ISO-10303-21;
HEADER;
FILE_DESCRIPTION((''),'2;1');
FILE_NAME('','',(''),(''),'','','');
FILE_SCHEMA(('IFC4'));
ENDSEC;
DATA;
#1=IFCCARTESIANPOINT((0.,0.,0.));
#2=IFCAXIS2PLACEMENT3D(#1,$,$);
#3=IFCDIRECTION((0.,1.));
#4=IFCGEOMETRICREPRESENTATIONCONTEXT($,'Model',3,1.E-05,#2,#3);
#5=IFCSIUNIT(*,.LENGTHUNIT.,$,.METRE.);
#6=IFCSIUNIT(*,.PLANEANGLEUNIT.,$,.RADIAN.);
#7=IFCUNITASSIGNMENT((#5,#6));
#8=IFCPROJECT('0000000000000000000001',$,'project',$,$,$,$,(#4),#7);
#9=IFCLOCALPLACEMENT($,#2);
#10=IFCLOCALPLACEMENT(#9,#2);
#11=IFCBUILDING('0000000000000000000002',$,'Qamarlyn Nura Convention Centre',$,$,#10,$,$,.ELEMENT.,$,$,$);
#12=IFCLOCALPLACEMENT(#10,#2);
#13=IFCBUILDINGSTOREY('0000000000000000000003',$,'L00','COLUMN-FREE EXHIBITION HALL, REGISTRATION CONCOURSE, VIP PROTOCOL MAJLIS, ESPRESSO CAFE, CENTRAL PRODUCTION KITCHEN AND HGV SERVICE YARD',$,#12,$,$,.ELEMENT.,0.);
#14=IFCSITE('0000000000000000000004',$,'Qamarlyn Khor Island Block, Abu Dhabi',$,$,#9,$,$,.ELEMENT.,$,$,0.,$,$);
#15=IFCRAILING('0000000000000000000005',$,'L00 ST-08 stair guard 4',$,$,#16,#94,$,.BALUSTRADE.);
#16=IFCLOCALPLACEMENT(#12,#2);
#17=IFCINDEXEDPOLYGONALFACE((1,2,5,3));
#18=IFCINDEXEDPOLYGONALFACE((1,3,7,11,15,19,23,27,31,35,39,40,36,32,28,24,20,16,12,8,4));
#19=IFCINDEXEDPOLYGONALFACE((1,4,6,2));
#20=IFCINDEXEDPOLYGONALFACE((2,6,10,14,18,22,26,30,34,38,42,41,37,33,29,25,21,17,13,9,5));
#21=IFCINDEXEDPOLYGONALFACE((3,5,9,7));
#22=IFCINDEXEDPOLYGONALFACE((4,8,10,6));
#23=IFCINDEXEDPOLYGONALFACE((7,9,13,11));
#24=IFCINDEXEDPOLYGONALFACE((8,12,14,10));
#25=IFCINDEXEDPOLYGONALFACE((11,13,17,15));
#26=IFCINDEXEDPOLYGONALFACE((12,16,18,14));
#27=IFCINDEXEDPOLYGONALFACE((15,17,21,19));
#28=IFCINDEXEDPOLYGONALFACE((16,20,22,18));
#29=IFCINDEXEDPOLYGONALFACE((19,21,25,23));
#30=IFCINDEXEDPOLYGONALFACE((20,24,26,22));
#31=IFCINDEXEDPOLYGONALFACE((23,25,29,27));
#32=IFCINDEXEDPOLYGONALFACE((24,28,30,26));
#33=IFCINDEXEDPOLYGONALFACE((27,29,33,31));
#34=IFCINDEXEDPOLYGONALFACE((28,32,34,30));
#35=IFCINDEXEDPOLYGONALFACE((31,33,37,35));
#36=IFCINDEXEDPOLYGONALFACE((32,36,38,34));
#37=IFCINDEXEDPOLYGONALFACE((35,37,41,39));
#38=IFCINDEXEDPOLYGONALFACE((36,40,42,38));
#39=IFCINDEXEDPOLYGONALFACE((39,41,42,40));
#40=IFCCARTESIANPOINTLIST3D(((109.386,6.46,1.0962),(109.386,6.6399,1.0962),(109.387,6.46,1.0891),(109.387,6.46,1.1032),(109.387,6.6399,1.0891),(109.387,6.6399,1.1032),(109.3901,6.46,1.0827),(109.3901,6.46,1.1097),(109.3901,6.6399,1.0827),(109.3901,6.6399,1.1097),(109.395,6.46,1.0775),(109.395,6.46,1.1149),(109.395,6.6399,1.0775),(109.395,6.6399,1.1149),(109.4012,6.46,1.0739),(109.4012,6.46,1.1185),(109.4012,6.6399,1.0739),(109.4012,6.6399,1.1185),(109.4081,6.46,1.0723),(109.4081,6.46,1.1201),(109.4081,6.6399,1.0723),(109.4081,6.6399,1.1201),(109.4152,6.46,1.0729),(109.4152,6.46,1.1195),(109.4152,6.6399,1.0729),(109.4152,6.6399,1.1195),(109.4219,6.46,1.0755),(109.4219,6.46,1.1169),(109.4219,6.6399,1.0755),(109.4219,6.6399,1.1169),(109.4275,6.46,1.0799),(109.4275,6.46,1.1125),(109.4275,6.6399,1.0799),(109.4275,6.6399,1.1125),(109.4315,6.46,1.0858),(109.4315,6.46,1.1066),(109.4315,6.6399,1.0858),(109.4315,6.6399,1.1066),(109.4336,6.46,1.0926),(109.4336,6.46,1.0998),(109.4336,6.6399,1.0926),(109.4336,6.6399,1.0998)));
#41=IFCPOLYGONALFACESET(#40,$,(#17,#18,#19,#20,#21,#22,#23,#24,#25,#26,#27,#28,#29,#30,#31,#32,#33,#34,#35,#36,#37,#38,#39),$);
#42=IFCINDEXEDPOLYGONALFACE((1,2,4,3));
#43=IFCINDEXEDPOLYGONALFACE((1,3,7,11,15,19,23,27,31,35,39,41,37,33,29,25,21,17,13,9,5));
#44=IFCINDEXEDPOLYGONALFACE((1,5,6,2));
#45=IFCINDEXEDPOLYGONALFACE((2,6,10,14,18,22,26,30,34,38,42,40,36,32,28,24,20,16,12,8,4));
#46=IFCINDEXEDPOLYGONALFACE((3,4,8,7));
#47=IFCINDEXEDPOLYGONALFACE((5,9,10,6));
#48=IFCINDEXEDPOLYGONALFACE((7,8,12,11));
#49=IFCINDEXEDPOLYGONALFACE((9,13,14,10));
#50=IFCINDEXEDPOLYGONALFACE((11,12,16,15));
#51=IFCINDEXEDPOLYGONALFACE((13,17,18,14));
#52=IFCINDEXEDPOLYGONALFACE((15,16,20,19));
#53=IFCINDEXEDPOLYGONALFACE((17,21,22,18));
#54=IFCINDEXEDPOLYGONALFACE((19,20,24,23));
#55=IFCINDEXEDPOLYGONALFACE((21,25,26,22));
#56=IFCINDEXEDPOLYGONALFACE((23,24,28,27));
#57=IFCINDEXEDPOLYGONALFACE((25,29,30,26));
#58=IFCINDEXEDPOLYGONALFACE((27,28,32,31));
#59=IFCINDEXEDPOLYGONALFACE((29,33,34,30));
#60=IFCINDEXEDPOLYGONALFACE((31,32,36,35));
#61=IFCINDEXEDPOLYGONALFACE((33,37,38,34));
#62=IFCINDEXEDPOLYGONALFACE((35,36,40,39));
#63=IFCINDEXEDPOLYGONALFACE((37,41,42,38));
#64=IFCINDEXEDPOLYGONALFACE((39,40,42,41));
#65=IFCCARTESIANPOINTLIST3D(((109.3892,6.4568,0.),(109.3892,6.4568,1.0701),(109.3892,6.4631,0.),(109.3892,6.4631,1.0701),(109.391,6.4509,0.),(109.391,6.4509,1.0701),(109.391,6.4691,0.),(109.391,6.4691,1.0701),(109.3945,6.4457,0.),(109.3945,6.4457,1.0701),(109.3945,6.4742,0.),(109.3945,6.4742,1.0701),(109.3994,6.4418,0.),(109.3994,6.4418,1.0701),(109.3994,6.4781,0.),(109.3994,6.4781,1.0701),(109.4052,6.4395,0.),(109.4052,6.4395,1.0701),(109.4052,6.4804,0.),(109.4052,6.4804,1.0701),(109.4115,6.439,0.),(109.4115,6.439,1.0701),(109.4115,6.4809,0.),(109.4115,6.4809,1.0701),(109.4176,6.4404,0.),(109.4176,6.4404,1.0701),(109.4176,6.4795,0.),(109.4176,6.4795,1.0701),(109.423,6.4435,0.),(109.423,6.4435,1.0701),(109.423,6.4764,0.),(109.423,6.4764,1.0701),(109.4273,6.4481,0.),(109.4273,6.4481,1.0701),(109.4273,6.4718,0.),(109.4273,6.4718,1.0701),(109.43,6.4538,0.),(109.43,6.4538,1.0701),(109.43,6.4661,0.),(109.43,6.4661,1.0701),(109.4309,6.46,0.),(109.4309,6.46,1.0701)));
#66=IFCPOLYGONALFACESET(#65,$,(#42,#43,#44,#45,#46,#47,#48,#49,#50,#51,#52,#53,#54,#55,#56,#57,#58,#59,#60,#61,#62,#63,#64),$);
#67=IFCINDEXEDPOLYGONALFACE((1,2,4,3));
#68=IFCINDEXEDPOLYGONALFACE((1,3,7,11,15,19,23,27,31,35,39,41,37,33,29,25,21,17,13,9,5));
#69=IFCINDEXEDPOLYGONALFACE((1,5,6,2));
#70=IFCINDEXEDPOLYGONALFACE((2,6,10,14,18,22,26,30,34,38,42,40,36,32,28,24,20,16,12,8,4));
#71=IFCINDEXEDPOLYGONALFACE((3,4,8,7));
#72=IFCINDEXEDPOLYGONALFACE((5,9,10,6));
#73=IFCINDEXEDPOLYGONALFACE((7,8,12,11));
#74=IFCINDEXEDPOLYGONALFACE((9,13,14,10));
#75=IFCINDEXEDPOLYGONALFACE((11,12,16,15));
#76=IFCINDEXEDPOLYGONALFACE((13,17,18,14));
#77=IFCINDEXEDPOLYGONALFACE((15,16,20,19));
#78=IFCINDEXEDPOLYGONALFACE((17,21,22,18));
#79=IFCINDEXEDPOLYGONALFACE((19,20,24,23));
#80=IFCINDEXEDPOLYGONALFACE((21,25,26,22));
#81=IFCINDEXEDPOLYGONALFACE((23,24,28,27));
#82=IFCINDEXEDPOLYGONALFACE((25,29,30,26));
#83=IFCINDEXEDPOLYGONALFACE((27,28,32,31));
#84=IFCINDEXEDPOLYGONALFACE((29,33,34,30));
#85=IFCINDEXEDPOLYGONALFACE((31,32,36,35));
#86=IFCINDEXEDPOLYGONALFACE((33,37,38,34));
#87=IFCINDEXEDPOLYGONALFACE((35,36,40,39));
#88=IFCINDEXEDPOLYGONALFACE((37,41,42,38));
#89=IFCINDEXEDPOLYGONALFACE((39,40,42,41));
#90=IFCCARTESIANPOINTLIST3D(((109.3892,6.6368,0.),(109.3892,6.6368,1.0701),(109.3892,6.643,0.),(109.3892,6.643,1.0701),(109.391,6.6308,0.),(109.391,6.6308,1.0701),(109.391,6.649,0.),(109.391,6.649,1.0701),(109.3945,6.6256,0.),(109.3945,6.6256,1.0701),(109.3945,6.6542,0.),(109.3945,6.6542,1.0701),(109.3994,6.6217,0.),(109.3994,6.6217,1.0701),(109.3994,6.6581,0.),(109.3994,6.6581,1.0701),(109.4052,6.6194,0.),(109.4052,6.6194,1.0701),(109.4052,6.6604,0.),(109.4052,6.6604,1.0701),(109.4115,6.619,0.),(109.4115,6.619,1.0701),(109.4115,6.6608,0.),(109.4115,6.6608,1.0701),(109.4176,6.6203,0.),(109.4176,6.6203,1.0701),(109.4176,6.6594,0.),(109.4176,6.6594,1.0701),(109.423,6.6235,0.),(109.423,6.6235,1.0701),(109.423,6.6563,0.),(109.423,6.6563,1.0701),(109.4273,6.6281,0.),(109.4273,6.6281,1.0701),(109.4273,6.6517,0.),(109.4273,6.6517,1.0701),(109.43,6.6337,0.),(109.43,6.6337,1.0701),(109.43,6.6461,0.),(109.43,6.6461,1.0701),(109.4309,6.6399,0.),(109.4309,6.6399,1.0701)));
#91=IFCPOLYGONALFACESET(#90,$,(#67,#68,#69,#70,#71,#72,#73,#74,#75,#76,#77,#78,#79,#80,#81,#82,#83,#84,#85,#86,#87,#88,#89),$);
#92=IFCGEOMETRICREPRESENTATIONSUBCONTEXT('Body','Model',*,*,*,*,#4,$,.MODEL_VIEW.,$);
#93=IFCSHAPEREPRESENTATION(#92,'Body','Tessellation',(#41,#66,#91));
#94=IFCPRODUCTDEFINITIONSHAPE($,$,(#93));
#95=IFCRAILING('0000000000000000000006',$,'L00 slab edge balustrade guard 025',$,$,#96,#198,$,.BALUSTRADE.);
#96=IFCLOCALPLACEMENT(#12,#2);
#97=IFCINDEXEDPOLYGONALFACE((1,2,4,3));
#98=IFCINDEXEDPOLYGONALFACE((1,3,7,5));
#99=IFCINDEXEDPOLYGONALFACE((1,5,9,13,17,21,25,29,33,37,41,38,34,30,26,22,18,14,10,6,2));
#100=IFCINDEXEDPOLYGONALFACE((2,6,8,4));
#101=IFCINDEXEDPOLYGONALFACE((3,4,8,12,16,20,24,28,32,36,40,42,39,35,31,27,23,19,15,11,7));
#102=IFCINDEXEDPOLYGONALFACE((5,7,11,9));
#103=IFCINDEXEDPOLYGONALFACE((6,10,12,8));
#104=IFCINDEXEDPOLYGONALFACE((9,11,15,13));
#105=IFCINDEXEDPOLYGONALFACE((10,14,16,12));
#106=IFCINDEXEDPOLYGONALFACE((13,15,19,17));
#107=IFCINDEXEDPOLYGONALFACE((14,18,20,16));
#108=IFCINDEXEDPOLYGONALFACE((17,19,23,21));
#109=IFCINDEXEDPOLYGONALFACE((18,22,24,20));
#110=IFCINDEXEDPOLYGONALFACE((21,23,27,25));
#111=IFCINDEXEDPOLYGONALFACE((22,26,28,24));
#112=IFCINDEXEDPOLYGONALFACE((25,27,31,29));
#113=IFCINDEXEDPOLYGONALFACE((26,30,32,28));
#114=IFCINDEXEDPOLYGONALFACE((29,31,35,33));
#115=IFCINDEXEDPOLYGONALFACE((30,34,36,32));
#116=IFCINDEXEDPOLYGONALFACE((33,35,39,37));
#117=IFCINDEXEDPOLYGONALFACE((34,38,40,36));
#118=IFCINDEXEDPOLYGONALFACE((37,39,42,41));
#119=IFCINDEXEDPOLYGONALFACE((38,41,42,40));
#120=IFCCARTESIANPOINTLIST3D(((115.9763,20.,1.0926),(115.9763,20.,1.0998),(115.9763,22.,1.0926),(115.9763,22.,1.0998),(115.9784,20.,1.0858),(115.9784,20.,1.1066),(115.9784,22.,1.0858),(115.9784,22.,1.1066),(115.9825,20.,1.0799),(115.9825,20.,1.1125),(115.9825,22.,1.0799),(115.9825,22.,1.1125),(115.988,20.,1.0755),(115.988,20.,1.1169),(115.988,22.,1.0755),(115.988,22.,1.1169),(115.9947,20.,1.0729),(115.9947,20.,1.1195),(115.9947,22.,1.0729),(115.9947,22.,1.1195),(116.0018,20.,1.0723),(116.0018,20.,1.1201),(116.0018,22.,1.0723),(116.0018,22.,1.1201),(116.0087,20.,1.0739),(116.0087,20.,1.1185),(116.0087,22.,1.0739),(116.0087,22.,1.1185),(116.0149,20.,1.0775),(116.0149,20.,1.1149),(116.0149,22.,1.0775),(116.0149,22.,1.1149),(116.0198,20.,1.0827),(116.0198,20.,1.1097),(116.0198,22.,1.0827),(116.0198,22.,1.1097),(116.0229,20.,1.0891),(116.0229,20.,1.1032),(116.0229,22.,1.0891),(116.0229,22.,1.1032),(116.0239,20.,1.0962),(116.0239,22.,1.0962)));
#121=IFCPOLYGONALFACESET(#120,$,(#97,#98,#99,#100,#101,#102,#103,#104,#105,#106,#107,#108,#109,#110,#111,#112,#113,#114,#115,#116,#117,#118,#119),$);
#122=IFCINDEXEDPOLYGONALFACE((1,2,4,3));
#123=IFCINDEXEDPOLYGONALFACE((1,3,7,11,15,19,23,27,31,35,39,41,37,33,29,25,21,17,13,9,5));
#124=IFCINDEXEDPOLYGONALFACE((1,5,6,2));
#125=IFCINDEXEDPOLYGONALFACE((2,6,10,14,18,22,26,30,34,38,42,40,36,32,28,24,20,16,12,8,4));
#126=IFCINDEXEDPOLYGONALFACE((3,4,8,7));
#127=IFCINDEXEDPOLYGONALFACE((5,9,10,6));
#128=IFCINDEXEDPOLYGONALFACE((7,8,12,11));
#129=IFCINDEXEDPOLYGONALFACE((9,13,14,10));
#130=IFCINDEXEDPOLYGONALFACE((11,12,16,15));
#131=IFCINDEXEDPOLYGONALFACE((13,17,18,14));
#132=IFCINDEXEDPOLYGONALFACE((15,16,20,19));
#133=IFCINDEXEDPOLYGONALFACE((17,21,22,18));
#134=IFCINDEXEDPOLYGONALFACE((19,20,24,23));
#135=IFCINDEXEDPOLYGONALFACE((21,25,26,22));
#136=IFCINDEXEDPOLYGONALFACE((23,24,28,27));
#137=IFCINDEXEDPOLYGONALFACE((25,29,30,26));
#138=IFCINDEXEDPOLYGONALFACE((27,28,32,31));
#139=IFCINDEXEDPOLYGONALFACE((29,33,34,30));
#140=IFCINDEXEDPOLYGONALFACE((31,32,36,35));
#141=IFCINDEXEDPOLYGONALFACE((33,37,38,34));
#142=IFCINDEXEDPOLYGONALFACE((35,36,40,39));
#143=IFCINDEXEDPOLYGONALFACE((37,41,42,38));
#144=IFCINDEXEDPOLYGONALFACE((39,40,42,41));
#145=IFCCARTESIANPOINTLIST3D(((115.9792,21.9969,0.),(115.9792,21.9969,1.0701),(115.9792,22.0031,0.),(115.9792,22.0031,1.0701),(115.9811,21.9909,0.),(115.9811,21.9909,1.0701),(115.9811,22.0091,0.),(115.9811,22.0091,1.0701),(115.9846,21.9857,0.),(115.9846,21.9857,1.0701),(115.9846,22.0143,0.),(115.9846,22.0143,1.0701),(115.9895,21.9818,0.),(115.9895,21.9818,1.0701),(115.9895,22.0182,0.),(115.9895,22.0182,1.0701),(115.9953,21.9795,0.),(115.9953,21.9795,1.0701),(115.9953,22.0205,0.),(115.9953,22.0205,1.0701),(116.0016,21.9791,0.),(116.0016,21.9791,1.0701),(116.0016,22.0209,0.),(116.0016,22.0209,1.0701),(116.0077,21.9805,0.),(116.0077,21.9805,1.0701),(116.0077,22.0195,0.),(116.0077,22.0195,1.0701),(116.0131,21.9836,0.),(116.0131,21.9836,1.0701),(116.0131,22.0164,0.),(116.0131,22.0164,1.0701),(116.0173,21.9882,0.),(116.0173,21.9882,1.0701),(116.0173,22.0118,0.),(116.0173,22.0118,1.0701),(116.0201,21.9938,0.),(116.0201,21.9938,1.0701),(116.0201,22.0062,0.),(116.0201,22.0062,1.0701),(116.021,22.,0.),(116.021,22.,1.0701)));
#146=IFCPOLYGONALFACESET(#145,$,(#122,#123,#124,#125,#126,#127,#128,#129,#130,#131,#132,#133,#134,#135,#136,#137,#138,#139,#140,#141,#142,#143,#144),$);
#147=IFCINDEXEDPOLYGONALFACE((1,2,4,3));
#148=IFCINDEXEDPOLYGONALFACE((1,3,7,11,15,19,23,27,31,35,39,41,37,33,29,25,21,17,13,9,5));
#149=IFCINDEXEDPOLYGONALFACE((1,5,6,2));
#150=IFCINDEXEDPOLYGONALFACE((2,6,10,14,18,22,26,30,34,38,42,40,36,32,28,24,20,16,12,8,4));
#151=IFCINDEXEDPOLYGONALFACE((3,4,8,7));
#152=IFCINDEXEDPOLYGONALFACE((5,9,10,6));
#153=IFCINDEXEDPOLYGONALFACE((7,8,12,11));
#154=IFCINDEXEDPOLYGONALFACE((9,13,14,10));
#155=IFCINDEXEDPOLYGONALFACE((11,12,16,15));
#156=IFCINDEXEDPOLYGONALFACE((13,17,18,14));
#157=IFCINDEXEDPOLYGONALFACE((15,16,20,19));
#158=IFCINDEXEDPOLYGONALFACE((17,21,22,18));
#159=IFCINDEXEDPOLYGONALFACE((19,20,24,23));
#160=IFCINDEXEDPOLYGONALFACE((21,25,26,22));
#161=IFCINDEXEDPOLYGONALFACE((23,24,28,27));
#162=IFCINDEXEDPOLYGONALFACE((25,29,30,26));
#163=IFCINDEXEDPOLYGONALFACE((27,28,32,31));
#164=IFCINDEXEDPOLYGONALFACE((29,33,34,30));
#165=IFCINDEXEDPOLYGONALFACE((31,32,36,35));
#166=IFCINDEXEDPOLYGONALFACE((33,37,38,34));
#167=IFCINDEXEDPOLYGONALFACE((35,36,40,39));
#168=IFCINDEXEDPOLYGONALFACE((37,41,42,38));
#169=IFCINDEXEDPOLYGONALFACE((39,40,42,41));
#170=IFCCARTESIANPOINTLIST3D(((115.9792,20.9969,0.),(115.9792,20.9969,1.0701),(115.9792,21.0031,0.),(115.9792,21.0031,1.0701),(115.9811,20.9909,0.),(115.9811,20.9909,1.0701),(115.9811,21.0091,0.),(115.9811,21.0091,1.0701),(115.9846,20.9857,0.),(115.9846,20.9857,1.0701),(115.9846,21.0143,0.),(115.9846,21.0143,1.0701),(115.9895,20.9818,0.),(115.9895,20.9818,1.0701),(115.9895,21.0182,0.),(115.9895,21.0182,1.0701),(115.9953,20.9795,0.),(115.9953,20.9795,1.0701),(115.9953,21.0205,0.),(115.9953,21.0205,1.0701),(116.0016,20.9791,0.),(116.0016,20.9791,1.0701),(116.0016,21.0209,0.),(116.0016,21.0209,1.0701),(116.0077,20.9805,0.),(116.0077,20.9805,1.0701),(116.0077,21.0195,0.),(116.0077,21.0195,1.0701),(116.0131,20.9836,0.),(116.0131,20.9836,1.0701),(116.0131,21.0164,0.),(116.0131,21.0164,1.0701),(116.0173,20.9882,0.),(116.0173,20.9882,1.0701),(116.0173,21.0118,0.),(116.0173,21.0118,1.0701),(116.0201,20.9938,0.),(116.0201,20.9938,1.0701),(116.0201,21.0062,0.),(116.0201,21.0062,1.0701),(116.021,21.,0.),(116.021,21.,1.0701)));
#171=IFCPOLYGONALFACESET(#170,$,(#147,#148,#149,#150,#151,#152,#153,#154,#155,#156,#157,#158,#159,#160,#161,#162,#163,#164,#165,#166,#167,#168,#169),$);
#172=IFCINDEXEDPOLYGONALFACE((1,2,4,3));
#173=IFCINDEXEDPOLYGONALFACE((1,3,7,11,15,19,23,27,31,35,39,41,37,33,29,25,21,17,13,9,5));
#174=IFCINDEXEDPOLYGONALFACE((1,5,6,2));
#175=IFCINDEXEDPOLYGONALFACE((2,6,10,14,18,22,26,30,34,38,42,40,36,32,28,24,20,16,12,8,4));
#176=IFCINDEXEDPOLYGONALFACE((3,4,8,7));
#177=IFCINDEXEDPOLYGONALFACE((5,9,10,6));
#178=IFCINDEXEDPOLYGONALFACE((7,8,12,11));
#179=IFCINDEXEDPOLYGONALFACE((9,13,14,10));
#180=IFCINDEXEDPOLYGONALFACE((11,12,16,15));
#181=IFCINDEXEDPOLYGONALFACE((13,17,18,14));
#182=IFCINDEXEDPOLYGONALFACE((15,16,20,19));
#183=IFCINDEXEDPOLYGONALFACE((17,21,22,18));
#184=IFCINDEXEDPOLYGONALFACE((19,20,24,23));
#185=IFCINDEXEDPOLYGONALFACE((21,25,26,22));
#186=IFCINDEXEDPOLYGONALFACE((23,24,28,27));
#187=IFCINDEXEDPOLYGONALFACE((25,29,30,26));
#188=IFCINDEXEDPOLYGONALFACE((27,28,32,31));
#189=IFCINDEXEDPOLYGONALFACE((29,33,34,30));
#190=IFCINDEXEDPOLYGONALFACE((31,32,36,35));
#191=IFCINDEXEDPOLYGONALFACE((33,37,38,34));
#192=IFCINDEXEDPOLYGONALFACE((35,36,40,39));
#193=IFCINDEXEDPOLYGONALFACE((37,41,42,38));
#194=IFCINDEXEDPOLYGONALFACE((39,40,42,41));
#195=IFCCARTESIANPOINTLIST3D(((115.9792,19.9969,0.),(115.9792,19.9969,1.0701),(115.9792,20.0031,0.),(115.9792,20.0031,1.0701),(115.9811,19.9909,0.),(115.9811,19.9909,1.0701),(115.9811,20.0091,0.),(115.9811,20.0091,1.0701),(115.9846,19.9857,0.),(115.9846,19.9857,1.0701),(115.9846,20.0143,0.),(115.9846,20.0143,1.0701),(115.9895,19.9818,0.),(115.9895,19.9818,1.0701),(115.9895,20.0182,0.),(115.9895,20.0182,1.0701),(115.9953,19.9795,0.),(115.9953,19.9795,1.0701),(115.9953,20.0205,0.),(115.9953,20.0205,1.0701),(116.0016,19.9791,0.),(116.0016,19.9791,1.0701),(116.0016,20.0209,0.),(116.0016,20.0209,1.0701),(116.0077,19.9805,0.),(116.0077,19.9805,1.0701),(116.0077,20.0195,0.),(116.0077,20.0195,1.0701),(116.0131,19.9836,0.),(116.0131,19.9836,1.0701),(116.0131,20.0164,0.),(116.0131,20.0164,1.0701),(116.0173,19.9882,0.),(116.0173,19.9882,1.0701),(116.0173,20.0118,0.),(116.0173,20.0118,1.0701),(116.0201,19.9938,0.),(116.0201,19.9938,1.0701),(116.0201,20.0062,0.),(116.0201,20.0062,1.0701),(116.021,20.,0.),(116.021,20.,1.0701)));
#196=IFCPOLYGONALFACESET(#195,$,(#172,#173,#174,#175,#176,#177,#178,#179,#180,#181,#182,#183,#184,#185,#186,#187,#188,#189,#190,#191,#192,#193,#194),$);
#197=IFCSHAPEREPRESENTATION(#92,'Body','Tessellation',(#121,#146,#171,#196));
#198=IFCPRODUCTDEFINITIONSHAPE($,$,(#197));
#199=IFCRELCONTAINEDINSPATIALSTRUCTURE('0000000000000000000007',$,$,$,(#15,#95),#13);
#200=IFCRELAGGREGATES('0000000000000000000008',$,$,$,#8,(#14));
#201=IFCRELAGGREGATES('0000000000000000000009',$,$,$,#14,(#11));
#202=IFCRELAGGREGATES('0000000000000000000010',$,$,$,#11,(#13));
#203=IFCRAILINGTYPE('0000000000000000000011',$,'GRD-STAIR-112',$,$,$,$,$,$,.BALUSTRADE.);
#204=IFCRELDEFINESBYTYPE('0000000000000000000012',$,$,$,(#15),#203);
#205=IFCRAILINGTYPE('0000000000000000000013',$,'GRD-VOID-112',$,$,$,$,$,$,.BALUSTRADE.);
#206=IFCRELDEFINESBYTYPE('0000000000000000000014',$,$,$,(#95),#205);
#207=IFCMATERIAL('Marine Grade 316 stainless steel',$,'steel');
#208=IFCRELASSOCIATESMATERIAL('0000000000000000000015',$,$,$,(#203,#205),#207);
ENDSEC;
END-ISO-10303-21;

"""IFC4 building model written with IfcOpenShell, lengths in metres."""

from ifc_helpers import new_model, si_unit, direction, frame, origin, origin_2d, place, context, subcontext, project, spatial, circle, extrude, material, type_object, element, save


model = new_model("IFC4")

# Units and contexts
model_context = context("Model", 3, precision=1e-05, world=origin(), true_north=direction((0.0, 1.0)))
body_context = subcontext(model_context, "Body", "Model", "MODEL_VIEW")
ifc_project = project(units=[si_unit("LENGTHUNIT", "METRE"), si_unit("PLANEANGLEUNIT", "RADIAN")], contexts=[model_context])

# Site, building, storey
site_placement = place(None, origin())
site = spatial("IfcSite", under=ifc_project, at=site_placement, Name="Qamarlyn Khor Island Block, Abu Dhabi", CompositionType="ELEMENT", RefElevation=0.0)
building_placement = place(site_placement, origin())
building = spatial("IfcBuilding", under=site, at=building_placement, Name="Qamarlyn Nura Convention Centre", CompositionType="ELEMENT")
storey_placement = place(building_placement, origin())
storey = spatial("IfcBuildingStorey", under=building, at=storey_placement, Name="L00", Description="COLUMN-FREE EXHIBITION HALL, REGISTRATION CONCOURSE, VIP PROTOCOL MAJLIS, ESPRESSO CAFE, CENTRAL PRODUCTION KITCHEN AND HGV SERVICE YARD", CompositionType="ELEMENT", Elevation=0.0)

# Railings
ifc_material_1 = material(Name="Marine Grade 316 stainless steel", Category="steel")
railing_type_1 = type_object("IfcRailingType", Name="GRD-STAIR-112", PredefinedType="BALUSTRADE", material=ifc_material_1)
railing_1_placement = place(storey_placement, frame((109.4099, 6.46, 0.0)))
element("IfcRailing", 1, at=railing_1_placement, inside=storey, type_object=railing_type_1, Name="L00 ST-08 stair guard 4", PredefinedType="BALUSTRADE", context=body_context, shape_type="SweptSolid", body=[
    extrude(circle(Radius=0.0239, at=origin_2d()), frame((0.0, 0.0, 1.0962), z_axis=(0.0, 1.0, 0.0), x_axis=(-1.0, 0.0, 0.0)), (0.0, 0.0, 1.0), 0.1799),
    extrude(circle(Radius=0.021, at=origin_2d()), origin(), (0.0, 0.0, 1.0), 1.0701),
    extrude(circle(Radius=0.021, at=origin_2d()), frame((0.0, 0.1799, 0.0)), (0.0, 0.0, 1.0), 1.0701),
])
railing_type_2 = type_object("IfcRailingType", Name="GRD-VOID-112", PredefinedType="BALUSTRADE", material=ifc_material_1)
railing_2_placement = place(storey_placement, frame((116.0, 22.0, 0.0)))
element("IfcRailing", 2, at=railing_2_placement, inside=storey, type_object=railing_type_2, Name="L00 slab edge balustrade guard 025", PredefinedType="BALUSTRADE", context=body_context, shape_type="SweptSolid", body=[
    extrude(circle(Radius=0.0239, at=origin_2d()), frame((0.0, 0.0, 1.0962), z_axis=(0.0, -1.0, 0.0), x_axis=(1.0, 0.0, 0.0)), (0.0, 0.0, 1.0), 2.0),
    extrude(circle(Radius=0.021, at=origin_2d()), origin(), (0.0, 0.0, 1.0), 1.0701),
    extrude(circle(Radius=0.021, at=origin_2d()), frame((0.0, -1.0, 0.0)), (0.0, 0.0, 1.0), 1.0701),
    extrude(circle(Radius=0.021, at=origin_2d()), frame((0.0, -2.0, 0.0)), (0.0, 0.0, 1.0), 1.0701),
])

save(model, "model.ifc")
